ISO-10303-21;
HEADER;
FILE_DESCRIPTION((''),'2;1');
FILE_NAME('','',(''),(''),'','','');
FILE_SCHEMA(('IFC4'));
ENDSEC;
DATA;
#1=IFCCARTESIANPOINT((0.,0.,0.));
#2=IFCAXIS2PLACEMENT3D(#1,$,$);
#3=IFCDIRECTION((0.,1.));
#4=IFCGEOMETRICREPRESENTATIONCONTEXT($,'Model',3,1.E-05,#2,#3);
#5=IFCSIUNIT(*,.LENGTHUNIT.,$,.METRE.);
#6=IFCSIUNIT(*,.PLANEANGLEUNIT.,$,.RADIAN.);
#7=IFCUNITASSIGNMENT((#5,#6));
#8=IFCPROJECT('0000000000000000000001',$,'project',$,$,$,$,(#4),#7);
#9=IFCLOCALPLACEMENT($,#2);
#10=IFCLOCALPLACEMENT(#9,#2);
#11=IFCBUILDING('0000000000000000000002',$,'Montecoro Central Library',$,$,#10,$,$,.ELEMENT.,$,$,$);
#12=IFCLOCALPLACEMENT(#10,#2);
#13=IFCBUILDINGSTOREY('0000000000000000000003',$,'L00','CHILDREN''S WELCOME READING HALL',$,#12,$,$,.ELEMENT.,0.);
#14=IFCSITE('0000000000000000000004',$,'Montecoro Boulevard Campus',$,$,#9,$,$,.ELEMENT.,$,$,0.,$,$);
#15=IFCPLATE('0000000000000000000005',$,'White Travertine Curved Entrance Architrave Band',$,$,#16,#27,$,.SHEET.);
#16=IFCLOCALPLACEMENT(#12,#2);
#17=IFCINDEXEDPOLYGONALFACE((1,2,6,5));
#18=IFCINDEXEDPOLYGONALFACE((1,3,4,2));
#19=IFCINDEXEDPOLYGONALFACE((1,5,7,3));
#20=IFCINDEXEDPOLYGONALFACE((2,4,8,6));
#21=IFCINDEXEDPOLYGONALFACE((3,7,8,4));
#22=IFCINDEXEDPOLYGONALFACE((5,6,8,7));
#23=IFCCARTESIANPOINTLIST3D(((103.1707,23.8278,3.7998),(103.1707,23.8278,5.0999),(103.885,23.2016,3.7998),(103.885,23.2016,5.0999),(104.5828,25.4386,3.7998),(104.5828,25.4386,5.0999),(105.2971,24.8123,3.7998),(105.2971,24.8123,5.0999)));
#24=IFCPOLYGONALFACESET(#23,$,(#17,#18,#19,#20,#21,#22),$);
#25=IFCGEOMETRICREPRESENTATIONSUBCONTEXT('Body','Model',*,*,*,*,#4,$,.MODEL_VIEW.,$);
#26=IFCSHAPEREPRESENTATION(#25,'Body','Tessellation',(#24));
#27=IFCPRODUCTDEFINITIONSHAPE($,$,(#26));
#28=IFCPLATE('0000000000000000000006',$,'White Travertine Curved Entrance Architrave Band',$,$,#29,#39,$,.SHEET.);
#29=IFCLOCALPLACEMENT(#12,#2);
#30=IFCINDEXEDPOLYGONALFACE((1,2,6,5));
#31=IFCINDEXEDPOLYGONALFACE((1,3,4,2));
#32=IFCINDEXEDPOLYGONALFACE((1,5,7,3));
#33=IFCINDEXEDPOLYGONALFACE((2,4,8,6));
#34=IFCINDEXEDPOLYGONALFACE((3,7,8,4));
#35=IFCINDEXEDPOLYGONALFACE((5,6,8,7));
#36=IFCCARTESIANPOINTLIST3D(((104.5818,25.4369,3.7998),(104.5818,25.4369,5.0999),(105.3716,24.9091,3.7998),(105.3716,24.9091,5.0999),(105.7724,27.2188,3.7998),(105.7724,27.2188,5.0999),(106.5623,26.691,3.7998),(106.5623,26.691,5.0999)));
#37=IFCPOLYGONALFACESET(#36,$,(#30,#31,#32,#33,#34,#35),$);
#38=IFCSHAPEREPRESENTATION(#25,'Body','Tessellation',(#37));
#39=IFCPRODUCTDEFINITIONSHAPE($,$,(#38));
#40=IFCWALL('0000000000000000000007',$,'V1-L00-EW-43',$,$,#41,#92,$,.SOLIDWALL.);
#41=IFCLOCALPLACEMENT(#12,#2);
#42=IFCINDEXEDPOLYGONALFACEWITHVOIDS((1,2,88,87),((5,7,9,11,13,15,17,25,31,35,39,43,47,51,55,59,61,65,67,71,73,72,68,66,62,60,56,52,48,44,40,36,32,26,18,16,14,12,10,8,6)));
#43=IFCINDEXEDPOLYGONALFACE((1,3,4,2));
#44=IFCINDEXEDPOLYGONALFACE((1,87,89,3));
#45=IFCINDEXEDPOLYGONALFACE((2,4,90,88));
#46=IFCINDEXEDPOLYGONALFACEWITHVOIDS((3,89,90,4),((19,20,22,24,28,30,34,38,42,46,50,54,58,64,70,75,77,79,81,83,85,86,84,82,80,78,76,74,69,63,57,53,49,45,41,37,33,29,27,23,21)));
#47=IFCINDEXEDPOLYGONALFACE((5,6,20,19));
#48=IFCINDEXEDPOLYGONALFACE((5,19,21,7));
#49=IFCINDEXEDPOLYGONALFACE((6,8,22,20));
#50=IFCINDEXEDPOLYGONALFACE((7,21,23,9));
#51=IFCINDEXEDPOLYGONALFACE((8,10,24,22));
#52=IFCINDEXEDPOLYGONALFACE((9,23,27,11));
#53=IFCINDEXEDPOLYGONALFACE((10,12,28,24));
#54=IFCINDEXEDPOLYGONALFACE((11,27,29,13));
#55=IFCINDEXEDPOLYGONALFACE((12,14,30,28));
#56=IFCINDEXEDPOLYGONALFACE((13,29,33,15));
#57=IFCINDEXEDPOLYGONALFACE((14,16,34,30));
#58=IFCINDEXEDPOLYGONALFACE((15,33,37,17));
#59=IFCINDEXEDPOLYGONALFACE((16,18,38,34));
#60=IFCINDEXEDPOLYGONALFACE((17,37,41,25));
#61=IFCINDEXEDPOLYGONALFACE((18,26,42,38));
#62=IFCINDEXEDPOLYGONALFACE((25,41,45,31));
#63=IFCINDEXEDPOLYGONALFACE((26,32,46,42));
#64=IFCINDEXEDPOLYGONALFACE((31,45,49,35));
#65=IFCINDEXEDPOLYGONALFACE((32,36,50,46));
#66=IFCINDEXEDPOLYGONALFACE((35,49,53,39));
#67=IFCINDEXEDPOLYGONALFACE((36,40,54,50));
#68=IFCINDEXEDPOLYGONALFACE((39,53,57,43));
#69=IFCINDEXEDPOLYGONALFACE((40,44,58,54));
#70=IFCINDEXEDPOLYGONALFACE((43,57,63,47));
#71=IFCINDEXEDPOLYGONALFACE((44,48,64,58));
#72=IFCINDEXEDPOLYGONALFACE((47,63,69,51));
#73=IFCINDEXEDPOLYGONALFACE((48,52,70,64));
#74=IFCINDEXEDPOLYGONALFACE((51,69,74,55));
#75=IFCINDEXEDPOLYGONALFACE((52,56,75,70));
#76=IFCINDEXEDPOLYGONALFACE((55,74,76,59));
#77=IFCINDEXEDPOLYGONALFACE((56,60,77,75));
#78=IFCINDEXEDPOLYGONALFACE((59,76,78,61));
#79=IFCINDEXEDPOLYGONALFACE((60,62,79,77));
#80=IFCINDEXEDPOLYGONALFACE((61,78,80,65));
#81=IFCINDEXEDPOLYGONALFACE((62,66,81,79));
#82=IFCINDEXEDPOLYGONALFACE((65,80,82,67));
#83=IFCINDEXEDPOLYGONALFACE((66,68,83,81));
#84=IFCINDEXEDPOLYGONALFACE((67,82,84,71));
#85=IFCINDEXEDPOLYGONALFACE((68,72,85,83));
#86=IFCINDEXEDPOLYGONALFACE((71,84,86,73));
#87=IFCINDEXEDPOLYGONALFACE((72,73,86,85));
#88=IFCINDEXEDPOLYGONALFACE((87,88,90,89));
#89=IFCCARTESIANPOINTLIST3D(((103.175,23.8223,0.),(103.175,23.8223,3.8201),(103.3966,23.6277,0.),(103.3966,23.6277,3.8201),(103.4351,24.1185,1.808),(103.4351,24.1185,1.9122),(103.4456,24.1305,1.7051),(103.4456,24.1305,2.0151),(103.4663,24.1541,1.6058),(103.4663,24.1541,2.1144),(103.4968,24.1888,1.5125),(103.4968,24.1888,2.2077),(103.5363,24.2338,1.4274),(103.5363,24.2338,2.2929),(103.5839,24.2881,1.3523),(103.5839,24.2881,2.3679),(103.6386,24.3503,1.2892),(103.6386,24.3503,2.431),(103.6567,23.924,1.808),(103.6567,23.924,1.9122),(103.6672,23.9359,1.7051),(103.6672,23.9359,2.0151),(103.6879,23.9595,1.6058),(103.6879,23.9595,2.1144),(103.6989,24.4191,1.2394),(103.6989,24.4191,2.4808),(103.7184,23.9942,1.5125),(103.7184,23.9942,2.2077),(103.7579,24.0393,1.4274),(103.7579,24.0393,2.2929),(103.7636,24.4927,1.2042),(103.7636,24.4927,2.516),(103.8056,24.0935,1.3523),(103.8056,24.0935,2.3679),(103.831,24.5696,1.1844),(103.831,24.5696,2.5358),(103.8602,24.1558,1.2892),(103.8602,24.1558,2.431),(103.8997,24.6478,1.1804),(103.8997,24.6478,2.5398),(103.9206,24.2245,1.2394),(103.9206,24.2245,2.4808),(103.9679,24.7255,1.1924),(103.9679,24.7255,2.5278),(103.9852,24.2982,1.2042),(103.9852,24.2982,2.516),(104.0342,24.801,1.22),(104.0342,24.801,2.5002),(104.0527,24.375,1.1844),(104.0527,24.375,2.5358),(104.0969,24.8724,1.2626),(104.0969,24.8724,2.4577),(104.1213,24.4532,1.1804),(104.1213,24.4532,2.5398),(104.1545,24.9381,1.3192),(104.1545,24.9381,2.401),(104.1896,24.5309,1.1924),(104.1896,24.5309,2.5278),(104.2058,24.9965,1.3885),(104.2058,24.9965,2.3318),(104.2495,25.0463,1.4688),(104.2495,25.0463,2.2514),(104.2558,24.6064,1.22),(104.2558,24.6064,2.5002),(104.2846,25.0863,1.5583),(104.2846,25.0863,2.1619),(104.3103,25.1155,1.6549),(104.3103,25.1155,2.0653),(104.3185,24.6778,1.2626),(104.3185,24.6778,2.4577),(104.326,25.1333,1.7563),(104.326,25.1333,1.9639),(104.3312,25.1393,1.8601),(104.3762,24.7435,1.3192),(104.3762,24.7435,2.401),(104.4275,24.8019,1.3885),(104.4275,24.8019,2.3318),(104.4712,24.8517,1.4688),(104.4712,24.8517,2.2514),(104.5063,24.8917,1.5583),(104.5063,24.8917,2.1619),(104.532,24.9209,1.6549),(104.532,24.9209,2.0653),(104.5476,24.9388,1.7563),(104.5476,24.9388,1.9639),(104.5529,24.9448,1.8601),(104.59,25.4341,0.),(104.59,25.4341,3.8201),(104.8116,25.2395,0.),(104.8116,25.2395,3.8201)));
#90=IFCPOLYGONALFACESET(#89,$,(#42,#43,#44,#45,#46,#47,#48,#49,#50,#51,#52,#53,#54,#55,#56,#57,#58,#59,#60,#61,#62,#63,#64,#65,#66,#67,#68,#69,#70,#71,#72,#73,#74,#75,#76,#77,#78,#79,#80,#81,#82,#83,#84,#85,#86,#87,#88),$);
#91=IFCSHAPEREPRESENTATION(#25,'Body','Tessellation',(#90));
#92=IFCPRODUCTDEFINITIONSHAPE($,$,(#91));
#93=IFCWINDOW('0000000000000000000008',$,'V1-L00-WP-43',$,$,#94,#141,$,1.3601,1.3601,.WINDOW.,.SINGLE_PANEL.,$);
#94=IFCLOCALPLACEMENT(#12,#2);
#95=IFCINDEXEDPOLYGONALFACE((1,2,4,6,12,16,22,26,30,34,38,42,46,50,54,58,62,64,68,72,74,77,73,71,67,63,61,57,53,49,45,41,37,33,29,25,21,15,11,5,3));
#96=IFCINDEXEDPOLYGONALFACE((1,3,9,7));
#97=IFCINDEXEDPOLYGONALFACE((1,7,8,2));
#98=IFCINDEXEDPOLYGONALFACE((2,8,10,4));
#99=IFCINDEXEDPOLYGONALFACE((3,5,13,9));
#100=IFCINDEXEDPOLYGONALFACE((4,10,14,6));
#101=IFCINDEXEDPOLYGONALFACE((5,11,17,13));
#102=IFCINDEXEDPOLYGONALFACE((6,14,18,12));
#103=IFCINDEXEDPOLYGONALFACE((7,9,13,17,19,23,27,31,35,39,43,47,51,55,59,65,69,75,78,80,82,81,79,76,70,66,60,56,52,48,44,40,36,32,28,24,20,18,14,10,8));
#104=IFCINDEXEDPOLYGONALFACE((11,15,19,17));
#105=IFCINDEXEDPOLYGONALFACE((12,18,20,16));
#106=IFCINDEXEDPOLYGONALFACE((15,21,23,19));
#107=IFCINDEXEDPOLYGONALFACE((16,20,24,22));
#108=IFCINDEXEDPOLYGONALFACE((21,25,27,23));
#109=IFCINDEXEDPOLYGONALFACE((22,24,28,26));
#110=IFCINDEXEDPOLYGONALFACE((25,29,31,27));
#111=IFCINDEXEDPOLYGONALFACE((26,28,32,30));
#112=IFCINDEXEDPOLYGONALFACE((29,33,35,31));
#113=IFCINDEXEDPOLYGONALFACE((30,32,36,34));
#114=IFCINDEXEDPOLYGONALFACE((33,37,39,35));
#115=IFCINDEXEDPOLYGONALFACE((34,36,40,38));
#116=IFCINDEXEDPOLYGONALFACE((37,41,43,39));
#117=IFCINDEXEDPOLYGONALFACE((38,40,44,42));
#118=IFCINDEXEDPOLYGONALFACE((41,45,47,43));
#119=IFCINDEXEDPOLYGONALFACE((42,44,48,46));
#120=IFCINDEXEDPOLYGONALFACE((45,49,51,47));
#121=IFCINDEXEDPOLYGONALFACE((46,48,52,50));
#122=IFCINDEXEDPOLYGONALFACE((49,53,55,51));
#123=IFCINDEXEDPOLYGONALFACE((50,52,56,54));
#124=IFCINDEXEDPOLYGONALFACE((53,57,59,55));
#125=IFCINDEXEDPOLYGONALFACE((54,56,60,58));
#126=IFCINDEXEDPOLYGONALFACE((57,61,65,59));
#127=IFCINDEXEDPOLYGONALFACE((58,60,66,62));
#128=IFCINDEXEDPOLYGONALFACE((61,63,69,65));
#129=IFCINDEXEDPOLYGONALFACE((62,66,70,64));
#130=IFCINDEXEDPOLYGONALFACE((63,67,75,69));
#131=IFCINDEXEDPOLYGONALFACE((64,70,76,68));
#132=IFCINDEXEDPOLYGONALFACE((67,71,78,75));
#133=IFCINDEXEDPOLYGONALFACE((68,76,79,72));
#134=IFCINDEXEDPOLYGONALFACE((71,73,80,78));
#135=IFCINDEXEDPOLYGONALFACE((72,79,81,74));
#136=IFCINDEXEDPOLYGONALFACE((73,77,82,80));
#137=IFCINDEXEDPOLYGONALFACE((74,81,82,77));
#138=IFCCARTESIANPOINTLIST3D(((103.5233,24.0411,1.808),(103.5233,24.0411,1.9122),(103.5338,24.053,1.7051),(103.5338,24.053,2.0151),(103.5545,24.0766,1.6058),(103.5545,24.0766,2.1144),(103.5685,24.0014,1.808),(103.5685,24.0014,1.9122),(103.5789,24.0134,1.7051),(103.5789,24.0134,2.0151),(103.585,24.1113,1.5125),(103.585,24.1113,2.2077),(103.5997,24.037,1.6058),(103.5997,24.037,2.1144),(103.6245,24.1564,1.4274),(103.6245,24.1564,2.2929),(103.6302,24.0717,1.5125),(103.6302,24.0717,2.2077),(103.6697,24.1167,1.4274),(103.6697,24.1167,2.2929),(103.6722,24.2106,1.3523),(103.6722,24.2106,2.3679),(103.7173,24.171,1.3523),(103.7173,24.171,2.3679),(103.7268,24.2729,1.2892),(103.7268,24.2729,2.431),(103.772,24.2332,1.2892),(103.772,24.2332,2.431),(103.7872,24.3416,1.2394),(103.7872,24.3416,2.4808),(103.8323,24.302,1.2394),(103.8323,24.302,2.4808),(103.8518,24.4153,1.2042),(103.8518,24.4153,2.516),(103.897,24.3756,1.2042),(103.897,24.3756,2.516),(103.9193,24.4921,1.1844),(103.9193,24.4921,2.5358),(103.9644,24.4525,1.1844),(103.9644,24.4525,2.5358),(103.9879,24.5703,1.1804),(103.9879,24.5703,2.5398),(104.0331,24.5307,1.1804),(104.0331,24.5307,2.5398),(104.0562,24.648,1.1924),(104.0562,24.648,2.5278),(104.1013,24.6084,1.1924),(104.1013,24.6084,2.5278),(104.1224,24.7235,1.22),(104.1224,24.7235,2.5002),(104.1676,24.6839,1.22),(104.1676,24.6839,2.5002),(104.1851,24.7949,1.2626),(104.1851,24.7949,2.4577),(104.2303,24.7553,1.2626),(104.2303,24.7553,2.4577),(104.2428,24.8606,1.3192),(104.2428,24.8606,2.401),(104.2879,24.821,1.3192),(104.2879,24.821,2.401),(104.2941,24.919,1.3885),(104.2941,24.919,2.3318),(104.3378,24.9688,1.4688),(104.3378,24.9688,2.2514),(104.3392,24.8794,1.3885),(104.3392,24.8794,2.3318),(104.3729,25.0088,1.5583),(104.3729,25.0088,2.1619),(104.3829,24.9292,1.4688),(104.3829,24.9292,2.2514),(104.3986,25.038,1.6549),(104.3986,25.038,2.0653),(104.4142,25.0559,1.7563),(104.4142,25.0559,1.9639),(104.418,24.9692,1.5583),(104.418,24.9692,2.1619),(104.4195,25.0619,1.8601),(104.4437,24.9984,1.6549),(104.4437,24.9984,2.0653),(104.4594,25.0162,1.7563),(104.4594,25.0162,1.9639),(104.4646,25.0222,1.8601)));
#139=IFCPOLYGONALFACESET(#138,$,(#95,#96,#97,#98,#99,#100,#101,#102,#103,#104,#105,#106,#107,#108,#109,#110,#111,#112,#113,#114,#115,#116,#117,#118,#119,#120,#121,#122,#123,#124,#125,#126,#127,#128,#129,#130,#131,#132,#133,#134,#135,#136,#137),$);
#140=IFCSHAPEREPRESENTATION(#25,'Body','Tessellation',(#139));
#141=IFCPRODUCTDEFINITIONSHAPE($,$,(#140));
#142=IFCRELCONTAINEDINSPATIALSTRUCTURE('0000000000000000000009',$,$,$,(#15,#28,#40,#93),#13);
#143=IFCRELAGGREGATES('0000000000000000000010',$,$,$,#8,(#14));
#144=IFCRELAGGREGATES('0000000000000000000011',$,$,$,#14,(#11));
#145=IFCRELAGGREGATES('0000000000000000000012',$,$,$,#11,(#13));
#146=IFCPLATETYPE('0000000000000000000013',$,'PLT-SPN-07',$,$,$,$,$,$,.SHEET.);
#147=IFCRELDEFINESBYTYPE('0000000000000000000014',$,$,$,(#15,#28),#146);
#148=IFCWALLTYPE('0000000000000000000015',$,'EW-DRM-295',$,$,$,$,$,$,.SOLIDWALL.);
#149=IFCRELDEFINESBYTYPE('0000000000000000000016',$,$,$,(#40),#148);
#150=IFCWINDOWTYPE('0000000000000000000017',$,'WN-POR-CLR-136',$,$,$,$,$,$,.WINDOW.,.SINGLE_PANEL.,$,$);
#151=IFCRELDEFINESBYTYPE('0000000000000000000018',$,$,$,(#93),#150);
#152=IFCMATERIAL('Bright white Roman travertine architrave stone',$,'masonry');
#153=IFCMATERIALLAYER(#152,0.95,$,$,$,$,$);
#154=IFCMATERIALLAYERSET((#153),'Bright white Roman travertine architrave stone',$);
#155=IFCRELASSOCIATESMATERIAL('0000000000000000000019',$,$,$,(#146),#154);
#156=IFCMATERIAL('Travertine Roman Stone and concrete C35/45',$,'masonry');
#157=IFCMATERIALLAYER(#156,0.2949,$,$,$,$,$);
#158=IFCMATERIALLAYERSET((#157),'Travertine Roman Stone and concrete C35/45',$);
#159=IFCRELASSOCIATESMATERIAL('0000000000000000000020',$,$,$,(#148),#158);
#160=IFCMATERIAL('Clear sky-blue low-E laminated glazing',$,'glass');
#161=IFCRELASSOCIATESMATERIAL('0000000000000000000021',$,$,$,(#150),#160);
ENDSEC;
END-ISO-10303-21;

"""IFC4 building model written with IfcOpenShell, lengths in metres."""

from ifc_helpers import new_model, si_unit, direction, frame, frame_2d, origin, origin_2d, place, context, subcontext, project, spatial, rectangle, circle, extrude, material, layer, layer_set, type_object, element, fill, save


model = new_model("IFC4")

# Units and contexts
model_context = context("Model", 3, precision=1e-05, world=origin(), true_north=direction((0.0, 1.0)))
body_context = subcontext(model_context, "Body", "Model", "MODEL_VIEW")
ifc_project = project(units=[si_unit("LENGTHUNIT", "METRE"), si_unit("PLANEANGLEUNIT", "RADIAN")], contexts=[model_context])

# Site, building, storey
site_placement = place(None, origin())
site = spatial("IfcSite", under=ifc_project, at=site_placement, Name="Montecoro Boulevard Campus", CompositionType="ELEMENT", RefElevation=0.0)
building_placement = place(site_placement, origin())
building = spatial("IfcBuilding", under=site, at=building_placement, Name="Montecoro Central Library", CompositionType="ELEMENT")
storey_placement = place(building_placement, origin())
storey = spatial("IfcBuildingStorey", under=building, at=storey_placement, Name="L00", Description="CHILDREN'S WELCOME READING HALL", CompositionType="ELEMENT", Elevation=0.0)

# Plates
ifc_material_1 = material(Name="Bright white Roman travertine architrave stone", Category="masonry")
ifc_layer_1 = layer(ifc_material_1, 0.95)
ifc_layer_set_1 = layer_set([ifc_layer_1], Name="Bright white Roman travertine architrave stone")
plate_type_1 = type_object("IfcPlateType", Name="PLT-SPN-07", PredefinedType="SHEET", material=ifc_layer_set_1)
plate_1_placement = place(storey_placement, frame((104.2339, 24.3201, 3.7998), z_axis=(0.0, 0.0, 1.0), x_axis=(0.659215, 0.751955, 0.0)))
element("IfcPlate", 1, at=plate_1_placement, inside=storey, type_object=plate_type_1, Name="White Travertine Curved Entrance Architrave Band", PredefinedType="SHEET", context=body_context, shape_type="SweptSolid", body=[
    extrude(rectangle(XDim=2.1421, YDim=0.95, at=origin_2d()), origin(), (0.0, 0.0, 1.0), 1.3),
])
plate_2_placement = place(storey_placement, frame((105.572, 26.064, 3.7998), z_axis=(0.0, 0.0, 1.0), x_axis=(0.55557, 0.83147, 0.0)))
element("IfcPlate", 2, at=plate_2_placement, inside=storey, type_object=plate_type_1, Name="White Travertine Curved Entrance Architrave Band", PredefinedType="SHEET", context=body_context, shape_type="SweptSolid", body=[
    extrude(rectangle(XDim=2.1431, YDim=0.95, at=origin_2d()), origin(), (0.0, 0.0, 1.0), 1.3),
])

# Wall, opening, window
ifc_material_2 = material(Name="Travertine Roman Stone and concrete C35/45", Category="masonry")
ifc_layer_2 = layer(ifc_material_2, 0.2949)
ifc_layer_set_2 = layer_set([ifc_layer_2], Name="Travertine Roman Stone and concrete C35/45")
wall_type = type_object("IfcWallType", Name="EW-DRM-295", PredefinedType="SOLIDWALL", material=ifc_layer_set_2)
wall_1_placement = place(storey_placement, frame((103.2859, 23.7251, 0.0), z_axis=(0.0, 0.0, 1.0), x_axis=(0.659745, 0.75149, 0.0)))
wall_1 = element("IfcWall", 3, at=wall_1_placement, inside=storey, type_object=wall_type, Name="V1-L00-EW-43", PredefinedType="SOLIDWALL", context=body_context, shape_type="SweptSolid", body=[
    extrude(rectangle(XDim=2.1448, YDim=0.2949, at=frame_2d((1.0723, 0.0))), origin(), (0.0, 0.0, 1.0), 3.8201),
])
opening_1_placement = place(wall_1_placement, frame((0.3921, 0.0, 1.1799)))
opening_1 = element("IfcOpeningElement", 4, at=opening_1_placement, cuts=wall_1, PredefinedType="OPENING", context=body_context, shape_type="SweptSolid", body=[
    extrude(circle(Radius=0.6802, at=frame_2d((0.6802, 0.6802))), frame((0.0, 0.1575, 0.0), z_axis=(0.0, -1.0, 0.0), x_axis=(1.0, 0.0, 0.0)), (0.0, 0.0, 1.0), 0.3149),
])
ifc_material_3 = material(Name="Clear sky-blue low-E laminated glazing", Category="glass")
window_type_1 = type_object("IfcWindowType", Name="WN-POR-CLR-136", PartitioningType="SINGLE_PANEL", PredefinedType="WINDOW", material=ifc_material_3)
window_1_placement = place(opening_1_placement, origin())
window_1 = element("IfcWindow", 5, at=window_1_placement, inside=storey, type_object=window_type_1, Name="V1-L00-WP-43", OverallHeight=1.3601, OverallWidth=1.3601, PartitioningType="SINGLE_PANEL", PredefinedType="WINDOW", context=body_context, shape_type="SweptSolid", body=[
    extrude(circle(Radius=0.6802, at=frame_2d((0.6802, 0.6802))), frame((0.0, 0.03, 0.0), z_axis=(0.0, -1.0, 0.0), x_axis=(1.0, 0.0, 0.0)), (0.0, 0.0, 1.0), 0.0601),
])
fill(opening_1, window_1)

save(model, "model.ifc")
